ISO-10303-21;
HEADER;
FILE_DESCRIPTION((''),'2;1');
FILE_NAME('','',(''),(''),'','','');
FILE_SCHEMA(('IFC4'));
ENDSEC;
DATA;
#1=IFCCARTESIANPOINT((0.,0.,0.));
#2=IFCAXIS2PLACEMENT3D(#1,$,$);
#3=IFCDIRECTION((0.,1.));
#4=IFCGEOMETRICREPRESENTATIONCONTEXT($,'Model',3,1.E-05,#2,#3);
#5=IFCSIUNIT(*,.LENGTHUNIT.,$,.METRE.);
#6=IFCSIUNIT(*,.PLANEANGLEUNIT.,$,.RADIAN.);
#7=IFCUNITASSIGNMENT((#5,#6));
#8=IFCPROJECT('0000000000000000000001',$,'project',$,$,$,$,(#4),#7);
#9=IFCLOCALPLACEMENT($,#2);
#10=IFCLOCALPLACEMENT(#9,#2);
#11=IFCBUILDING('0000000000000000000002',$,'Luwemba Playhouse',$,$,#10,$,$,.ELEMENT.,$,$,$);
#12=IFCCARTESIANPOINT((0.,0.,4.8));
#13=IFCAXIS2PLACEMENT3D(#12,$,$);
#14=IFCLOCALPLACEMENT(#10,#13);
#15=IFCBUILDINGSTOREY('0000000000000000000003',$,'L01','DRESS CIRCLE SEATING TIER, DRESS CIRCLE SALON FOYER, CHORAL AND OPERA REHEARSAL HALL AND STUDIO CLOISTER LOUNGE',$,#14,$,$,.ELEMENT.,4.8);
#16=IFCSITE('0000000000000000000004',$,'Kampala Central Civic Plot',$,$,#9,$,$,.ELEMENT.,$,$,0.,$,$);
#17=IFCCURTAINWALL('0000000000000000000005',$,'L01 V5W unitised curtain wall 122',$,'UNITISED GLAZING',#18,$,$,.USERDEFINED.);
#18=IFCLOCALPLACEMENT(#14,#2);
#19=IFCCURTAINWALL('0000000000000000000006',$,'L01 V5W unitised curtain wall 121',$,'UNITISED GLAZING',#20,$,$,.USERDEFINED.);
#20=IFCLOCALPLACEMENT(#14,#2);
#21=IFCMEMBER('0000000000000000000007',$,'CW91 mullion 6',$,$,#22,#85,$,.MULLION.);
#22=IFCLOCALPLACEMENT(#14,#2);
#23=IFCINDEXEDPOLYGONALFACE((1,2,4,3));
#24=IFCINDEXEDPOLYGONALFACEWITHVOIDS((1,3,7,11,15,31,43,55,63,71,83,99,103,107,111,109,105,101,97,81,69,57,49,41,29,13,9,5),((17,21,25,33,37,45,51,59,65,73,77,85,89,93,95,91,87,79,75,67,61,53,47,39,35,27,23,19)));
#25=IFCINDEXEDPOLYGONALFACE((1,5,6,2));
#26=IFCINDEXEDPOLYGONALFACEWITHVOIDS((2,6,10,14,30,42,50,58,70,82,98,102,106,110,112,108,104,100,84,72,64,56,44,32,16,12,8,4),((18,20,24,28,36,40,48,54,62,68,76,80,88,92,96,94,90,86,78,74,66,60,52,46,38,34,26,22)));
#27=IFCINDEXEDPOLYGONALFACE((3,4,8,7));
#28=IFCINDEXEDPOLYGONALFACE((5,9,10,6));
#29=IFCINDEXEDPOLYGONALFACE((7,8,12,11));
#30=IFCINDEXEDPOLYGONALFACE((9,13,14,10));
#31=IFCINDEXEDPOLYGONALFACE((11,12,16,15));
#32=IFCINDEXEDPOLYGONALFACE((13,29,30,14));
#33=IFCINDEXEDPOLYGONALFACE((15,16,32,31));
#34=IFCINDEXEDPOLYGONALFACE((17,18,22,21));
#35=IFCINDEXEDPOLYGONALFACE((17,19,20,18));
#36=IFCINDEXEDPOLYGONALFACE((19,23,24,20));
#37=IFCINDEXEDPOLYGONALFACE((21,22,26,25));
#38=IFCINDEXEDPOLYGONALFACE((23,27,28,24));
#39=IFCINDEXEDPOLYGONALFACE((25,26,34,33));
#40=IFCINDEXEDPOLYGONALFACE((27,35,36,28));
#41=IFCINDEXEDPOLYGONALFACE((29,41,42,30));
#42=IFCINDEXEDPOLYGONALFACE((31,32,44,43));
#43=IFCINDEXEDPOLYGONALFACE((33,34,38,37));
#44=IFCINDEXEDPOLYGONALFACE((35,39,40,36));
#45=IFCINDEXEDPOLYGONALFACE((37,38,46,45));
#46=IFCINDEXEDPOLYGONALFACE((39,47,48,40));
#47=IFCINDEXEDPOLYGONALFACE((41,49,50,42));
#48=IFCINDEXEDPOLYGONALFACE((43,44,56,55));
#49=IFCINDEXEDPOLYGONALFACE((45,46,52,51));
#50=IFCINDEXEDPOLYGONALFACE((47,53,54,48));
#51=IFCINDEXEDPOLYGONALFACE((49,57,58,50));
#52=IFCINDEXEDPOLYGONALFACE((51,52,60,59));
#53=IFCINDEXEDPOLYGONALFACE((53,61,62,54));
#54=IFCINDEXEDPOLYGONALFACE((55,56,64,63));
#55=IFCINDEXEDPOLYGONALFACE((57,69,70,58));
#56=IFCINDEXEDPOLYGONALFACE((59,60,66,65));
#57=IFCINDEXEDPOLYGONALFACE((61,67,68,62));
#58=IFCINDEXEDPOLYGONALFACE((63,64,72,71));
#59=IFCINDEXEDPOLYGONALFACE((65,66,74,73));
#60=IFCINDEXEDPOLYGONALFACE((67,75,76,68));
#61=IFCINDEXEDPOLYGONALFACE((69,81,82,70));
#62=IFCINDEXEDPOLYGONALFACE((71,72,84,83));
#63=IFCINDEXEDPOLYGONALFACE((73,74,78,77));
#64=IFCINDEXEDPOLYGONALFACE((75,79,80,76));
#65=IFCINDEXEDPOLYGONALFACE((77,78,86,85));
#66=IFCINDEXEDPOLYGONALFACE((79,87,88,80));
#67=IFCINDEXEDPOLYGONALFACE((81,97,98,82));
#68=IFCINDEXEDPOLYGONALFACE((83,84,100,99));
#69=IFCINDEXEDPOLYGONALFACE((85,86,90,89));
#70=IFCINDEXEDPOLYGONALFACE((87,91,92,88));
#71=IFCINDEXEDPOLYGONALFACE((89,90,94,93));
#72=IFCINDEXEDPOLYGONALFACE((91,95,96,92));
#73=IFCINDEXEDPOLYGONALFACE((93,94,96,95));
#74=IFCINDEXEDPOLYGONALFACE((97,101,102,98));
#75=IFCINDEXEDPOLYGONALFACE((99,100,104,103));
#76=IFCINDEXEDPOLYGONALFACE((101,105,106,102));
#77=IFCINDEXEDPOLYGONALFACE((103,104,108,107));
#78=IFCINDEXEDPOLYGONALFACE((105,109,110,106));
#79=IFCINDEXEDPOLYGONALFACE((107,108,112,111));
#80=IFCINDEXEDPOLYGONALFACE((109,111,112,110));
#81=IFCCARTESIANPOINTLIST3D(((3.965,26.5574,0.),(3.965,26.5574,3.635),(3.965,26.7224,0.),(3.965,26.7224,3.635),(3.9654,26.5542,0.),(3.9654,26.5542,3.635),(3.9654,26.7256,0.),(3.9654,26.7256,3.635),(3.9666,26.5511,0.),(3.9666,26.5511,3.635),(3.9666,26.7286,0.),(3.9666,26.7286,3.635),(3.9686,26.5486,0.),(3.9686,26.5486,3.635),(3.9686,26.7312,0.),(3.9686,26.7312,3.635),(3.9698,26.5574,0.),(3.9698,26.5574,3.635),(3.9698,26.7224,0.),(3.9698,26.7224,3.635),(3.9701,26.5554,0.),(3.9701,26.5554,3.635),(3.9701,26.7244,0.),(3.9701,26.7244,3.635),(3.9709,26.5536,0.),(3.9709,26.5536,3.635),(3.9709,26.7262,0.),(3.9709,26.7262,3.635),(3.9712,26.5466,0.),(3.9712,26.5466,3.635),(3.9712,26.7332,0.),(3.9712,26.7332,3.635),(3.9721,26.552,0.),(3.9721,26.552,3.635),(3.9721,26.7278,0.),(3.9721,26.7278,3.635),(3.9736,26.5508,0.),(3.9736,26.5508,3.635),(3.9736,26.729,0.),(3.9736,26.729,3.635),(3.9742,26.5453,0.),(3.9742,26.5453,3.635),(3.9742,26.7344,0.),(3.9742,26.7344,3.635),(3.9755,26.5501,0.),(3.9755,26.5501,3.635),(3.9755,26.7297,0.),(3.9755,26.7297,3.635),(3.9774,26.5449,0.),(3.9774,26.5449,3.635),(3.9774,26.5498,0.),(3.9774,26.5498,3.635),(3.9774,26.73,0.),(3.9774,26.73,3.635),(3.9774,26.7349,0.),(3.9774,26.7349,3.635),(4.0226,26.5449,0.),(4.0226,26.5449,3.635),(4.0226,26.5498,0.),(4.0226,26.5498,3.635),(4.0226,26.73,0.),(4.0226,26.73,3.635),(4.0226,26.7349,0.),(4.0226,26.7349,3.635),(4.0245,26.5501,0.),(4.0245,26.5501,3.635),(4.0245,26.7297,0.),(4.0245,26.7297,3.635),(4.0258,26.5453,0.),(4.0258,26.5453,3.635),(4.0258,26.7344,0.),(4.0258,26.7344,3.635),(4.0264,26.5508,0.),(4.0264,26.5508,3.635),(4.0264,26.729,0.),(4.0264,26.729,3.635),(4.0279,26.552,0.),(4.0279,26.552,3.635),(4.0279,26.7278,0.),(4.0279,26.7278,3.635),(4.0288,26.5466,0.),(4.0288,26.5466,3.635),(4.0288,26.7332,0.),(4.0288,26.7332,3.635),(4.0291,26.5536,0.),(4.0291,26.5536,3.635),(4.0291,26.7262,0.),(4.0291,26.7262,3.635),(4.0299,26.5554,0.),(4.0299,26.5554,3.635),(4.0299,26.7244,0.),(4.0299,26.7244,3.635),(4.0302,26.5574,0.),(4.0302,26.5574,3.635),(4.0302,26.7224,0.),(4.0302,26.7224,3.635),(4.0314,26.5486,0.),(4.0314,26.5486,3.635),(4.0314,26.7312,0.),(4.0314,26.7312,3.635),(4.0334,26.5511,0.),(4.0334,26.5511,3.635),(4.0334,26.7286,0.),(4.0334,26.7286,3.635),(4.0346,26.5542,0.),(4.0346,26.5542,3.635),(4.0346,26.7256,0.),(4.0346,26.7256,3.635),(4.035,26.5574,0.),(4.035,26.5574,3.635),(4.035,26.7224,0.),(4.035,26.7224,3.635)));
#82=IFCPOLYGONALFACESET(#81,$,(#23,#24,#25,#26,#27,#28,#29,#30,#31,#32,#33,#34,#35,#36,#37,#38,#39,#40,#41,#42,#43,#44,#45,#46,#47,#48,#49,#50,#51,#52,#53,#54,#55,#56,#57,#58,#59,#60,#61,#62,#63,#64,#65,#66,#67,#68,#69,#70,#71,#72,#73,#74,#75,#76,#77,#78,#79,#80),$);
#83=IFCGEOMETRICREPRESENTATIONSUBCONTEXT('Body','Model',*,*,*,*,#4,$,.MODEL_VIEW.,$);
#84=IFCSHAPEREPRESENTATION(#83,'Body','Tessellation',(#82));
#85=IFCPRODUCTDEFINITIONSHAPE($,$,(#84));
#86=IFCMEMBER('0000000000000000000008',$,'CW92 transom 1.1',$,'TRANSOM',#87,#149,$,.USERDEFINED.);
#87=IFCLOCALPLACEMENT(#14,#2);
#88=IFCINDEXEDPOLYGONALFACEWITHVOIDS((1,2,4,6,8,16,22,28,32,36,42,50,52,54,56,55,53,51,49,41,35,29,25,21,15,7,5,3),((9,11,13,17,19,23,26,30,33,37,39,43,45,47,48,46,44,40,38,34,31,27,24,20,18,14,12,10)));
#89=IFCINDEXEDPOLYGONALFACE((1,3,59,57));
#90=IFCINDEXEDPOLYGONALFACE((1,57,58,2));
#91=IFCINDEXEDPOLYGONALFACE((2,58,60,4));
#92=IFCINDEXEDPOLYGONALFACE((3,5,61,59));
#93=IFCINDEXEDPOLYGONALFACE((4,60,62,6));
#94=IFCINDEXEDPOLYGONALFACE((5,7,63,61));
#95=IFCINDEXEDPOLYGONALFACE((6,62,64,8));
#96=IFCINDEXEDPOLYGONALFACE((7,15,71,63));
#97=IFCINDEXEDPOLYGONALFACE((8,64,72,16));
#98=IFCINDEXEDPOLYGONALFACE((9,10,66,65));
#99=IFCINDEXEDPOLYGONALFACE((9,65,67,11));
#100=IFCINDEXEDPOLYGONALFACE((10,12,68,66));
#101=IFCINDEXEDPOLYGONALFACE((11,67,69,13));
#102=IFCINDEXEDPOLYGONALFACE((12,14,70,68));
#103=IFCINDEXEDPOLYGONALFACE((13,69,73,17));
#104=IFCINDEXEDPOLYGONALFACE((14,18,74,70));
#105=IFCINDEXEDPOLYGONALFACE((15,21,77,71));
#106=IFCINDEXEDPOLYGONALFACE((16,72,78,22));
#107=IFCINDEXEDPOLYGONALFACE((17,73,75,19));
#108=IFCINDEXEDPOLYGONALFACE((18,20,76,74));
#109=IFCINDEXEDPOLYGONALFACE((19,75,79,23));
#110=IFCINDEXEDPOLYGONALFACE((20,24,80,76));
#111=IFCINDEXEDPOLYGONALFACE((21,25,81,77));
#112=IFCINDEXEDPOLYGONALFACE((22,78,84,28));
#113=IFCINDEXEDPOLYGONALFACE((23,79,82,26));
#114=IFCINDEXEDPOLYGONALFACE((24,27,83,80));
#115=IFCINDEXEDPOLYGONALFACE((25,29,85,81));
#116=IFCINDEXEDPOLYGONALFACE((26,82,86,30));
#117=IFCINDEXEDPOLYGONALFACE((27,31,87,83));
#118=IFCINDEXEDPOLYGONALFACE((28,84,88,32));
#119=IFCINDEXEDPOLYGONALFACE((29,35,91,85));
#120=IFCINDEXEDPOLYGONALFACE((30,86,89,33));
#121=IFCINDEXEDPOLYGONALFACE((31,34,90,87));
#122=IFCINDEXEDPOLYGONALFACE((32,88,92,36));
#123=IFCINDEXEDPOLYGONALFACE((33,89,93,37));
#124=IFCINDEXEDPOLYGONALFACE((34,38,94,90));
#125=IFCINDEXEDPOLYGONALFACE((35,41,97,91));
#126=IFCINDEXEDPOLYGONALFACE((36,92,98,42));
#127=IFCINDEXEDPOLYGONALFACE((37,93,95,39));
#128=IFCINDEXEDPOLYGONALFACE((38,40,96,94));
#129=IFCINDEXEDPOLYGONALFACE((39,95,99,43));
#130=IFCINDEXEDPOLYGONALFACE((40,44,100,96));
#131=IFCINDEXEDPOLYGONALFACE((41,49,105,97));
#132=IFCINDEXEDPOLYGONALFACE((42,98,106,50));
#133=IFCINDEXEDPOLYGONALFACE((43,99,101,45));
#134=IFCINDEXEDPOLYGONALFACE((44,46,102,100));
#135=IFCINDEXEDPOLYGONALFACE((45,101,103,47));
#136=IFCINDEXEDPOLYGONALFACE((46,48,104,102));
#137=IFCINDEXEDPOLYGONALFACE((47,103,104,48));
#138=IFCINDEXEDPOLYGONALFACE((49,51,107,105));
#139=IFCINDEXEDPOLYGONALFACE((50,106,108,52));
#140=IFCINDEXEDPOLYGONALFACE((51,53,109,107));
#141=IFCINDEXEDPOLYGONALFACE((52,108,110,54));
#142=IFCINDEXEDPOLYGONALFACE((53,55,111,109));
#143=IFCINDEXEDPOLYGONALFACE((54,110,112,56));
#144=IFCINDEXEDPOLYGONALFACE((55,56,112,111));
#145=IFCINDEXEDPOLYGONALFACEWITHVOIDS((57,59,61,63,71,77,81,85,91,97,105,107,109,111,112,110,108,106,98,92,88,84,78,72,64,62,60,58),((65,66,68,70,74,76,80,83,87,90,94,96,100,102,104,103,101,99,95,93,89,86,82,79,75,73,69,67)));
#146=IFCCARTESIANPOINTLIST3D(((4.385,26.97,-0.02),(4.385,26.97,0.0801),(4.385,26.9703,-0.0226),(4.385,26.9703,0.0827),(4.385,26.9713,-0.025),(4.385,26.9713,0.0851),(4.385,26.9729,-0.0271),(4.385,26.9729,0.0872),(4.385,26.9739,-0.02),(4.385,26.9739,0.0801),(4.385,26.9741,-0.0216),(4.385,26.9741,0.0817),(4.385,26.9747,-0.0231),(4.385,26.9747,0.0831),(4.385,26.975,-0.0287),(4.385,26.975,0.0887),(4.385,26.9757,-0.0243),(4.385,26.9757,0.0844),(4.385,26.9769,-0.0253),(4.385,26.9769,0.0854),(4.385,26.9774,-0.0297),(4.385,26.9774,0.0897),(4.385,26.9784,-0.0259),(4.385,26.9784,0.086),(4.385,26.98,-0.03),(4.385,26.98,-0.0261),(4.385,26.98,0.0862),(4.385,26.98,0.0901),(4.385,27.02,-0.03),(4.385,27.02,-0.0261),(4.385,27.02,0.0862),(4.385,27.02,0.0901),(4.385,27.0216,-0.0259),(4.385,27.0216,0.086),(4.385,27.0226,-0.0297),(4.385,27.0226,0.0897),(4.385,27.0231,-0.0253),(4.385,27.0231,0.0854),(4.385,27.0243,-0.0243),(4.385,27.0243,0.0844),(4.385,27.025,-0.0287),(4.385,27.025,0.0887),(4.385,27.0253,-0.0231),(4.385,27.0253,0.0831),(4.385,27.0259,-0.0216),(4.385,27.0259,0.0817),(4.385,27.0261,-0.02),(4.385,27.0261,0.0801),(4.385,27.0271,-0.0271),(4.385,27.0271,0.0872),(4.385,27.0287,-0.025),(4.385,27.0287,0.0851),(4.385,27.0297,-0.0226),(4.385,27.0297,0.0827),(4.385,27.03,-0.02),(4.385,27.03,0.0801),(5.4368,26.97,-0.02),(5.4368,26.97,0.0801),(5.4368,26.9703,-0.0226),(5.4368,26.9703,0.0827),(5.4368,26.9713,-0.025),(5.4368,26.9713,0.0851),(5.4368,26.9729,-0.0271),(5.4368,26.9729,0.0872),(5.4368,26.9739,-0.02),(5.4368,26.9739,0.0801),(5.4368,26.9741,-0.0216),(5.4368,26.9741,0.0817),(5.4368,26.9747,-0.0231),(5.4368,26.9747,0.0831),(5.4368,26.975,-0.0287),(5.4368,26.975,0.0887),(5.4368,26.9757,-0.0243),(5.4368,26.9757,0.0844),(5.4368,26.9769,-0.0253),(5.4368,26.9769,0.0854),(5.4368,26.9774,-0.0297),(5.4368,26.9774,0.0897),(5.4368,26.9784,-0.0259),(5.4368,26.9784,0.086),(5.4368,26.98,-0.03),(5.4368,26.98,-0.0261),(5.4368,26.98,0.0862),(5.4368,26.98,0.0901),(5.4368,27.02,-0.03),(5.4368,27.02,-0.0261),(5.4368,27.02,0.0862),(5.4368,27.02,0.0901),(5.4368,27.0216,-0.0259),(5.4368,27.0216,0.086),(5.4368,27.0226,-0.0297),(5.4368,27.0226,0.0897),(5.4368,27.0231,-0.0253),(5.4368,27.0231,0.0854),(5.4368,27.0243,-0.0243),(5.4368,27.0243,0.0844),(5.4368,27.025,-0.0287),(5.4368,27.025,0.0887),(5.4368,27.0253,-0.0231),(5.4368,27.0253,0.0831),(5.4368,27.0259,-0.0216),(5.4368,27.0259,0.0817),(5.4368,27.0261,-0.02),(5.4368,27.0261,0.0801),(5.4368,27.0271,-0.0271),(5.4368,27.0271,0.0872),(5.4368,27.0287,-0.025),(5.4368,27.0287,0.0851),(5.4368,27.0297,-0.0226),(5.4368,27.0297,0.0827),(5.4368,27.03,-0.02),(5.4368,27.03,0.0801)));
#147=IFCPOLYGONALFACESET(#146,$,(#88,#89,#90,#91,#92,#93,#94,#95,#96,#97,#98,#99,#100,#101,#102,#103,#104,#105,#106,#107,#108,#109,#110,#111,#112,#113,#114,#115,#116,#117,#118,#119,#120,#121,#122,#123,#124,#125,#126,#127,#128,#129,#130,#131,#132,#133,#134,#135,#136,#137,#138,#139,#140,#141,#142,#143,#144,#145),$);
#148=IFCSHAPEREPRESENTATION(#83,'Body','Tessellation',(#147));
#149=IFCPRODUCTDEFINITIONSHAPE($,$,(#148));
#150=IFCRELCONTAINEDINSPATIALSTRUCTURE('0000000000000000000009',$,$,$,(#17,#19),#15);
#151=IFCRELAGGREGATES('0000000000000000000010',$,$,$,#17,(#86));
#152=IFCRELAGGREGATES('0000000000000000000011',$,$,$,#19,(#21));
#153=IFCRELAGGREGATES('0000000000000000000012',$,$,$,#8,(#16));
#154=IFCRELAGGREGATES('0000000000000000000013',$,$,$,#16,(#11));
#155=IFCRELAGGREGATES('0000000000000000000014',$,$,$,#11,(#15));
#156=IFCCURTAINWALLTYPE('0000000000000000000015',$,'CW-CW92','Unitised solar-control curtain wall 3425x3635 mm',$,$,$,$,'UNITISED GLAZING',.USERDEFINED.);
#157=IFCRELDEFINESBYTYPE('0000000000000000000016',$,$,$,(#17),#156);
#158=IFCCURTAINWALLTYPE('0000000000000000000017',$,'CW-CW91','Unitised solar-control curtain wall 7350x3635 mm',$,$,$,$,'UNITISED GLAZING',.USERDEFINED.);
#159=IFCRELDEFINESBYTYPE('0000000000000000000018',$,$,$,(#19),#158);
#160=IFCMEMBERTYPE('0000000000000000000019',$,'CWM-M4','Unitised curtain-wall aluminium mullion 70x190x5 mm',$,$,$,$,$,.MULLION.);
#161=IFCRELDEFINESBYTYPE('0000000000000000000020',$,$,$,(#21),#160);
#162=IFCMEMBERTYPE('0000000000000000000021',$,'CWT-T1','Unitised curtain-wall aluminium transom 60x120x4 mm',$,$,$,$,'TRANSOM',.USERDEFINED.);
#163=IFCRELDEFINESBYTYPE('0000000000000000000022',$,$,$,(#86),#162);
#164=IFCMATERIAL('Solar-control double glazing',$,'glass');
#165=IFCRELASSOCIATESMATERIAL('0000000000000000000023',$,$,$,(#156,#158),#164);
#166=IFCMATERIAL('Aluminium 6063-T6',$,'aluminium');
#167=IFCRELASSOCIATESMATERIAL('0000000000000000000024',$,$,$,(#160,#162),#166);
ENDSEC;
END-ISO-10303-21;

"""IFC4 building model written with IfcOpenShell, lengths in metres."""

from ifc_helpers import new_model, si_unit, direction, frame, origin, origin_2d, place, context, subcontext, project, spatial, hollow_rectangle, extrude, material, material_profile, profile_set, type_object, element, aggregate, save


model = new_model("IFC4")

# Units and contexts
model_context = context("Model", 3, precision=1e-05, world=origin(), true_north=direction((0.0, 1.0)))
body_context = subcontext(model_context, "Body", "Model", "MODEL_VIEW")
ifc_project = project(units=[si_unit("LENGTHUNIT", "METRE"), si_unit("PLANEANGLEUNIT", "RADIAN")], contexts=[model_context])

# Site, building, storey
site_placement = place(None, origin())
site = spatial("IfcSite", under=ifc_project, at=site_placement, Name="Kampala Central Civic Plot", CompositionType="ELEMENT", RefElevation=0.0)
building_placement = place(site_placement, origin())
building = spatial("IfcBuilding", under=site, at=building_placement, Name="Luwemba Playhouse", CompositionType="ELEMENT")
storey_placement = place(building_placement, frame((0.0, 0.0, 4.8)))
storey = spatial("IfcBuildingStorey", under=building, at=storey_placement, Name="L01", Description="DRESS CIRCLE SEATING TIER, DRESS CIRCLE SALON FOYER, CHORAL AND OPERA REHEARSAL HALL AND STUDIO CLOISTER LOUNGE", CompositionType="ELEMENT", Elevation=4.8)

# Curtain wall
ifc_material_1 = material(Name="Solar-control double glazing", Category="glass")
curtain_wall_type_1 = type_object("IfcCurtainWallType", Name="CW-CW92", Description="Unitised solar-control curtain wall 3425x3635 mm", ElementType="UNITISED GLAZING", PredefinedType="USERDEFINED", material=ifc_material_1)
curtain_wall_1_placement = place(storey_placement, origin())
curtain_wall_1 = element("IfcCurtainWall", 1, at=curtain_wall_1_placement, inside=storey, type_object=curtain_wall_type_1, Name="L01 V5W unitised curtain wall 122", ObjectType="UNITISED GLAZING", PredefinedType="USERDEFINED")
ifc_material_2 = material(Name="Aluminium 6063-T6", Category="aluminium")

# Curtain wall, member
curtain_wall_type_2 = type_object("IfcCurtainWallType", Name="CW-CW91", Description="Unitised solar-control curtain wall 7350x3635 mm", ElementType="UNITISED GLAZING", PredefinedType="USERDEFINED", material=ifc_material_1)
curtain_wall_2_placement = place(storey_placement, origin())
curtain_wall_2 = element("IfcCurtainWall", 2, at=curtain_wall_2_placement, inside=storey, type_object=curtain_wall_type_2, Name="L01 V5W unitised curtain wall 121", ObjectType="UNITISED GLAZING", PredefinedType="USERDEFINED")
ifc_material_profile_1 = material_profile(ifc_material_2, hollow_rectangle(XDim=0.0701, YDim=0.1899, WallThickness=0.0049, InnerFilletRadius=0.0076, OuterFilletRadius=0.0125, at=origin_2d()))
ifc_profile_set_1 = profile_set([ifc_material_profile_1], Name="Aluminium 6063-T6")
member_type_1 = type_object("IfcMemberType", Name="CWM-M4", Description="Unitised curtain-wall aluminium mullion 70x190x5 mm", PredefinedType="MULLION", material=ifc_profile_set_1)
member_1_placement = place(storey_placement, frame((4.0, 26.6399, 0.0), z_axis=(0.0, 0.0, 1.0), x_axis=(-1.0, 0.0, 0.0)))
member_1 = element("IfcMember", 3, at=member_1_placement, type_object=member_type_1, Name="CW91 mullion 6", PredefinedType="MULLION", context=body_context, shape_type="SweptSolid", body=[
    extrude(hollow_rectangle(XDim=0.0701, YDim=0.1899, WallThickness=0.0049, InnerFilletRadius=0.0076, OuterFilletRadius=0.0125, at=origin_2d()), origin(), (0.0, 0.0, 1.0), 3.635),
])

# Member
ifc_material_profile_2 = material_profile(ifc_material_2, hollow_rectangle(XDim=0.0601, YDim=0.1201, WallThickness=0.0039, InnerFilletRadius=0.0061, OuterFilletRadius=0.01, at=origin_2d()))
ifc_profile_set_2 = profile_set([ifc_material_profile_2], Name="Aluminium 6063-T6")
member_type_2 = type_object("IfcMemberType", Name="CWT-T1", Description="Unitised curtain-wall aluminium transom 60x120x4 mm", ElementType="TRANSOM", PredefinedType="USERDEFINED", material=ifc_profile_set_2)
member_2_placement = place(storey_placement, frame((4.385, 27.0, 0.03), z_axis=(1.0, 0.0, 0.0), x_axis=(0.0, 1.0, 0.0)))
member_2 = element("IfcMember", 4, at=member_2_placement, type_object=member_type_2, Name="CW92 transom 1.1", ObjectType="TRANSOM", PredefinedType="USERDEFINED", context=body_context, shape_type="SweptSolid", body=[
    extrude(hollow_rectangle(XDim=0.0601, YDim=0.1201, WallThickness=0.0039, InnerFilletRadius=0.0061, OuterFilletRadius=0.01, at=origin_2d()), origin(), (0.0, 0.0, 1.0), 1.0518),
])
aggregate(curtain_wall_1, [member_2])

aggregate(curtain_wall_2, [member_1])

save(model, "model.ifc")
